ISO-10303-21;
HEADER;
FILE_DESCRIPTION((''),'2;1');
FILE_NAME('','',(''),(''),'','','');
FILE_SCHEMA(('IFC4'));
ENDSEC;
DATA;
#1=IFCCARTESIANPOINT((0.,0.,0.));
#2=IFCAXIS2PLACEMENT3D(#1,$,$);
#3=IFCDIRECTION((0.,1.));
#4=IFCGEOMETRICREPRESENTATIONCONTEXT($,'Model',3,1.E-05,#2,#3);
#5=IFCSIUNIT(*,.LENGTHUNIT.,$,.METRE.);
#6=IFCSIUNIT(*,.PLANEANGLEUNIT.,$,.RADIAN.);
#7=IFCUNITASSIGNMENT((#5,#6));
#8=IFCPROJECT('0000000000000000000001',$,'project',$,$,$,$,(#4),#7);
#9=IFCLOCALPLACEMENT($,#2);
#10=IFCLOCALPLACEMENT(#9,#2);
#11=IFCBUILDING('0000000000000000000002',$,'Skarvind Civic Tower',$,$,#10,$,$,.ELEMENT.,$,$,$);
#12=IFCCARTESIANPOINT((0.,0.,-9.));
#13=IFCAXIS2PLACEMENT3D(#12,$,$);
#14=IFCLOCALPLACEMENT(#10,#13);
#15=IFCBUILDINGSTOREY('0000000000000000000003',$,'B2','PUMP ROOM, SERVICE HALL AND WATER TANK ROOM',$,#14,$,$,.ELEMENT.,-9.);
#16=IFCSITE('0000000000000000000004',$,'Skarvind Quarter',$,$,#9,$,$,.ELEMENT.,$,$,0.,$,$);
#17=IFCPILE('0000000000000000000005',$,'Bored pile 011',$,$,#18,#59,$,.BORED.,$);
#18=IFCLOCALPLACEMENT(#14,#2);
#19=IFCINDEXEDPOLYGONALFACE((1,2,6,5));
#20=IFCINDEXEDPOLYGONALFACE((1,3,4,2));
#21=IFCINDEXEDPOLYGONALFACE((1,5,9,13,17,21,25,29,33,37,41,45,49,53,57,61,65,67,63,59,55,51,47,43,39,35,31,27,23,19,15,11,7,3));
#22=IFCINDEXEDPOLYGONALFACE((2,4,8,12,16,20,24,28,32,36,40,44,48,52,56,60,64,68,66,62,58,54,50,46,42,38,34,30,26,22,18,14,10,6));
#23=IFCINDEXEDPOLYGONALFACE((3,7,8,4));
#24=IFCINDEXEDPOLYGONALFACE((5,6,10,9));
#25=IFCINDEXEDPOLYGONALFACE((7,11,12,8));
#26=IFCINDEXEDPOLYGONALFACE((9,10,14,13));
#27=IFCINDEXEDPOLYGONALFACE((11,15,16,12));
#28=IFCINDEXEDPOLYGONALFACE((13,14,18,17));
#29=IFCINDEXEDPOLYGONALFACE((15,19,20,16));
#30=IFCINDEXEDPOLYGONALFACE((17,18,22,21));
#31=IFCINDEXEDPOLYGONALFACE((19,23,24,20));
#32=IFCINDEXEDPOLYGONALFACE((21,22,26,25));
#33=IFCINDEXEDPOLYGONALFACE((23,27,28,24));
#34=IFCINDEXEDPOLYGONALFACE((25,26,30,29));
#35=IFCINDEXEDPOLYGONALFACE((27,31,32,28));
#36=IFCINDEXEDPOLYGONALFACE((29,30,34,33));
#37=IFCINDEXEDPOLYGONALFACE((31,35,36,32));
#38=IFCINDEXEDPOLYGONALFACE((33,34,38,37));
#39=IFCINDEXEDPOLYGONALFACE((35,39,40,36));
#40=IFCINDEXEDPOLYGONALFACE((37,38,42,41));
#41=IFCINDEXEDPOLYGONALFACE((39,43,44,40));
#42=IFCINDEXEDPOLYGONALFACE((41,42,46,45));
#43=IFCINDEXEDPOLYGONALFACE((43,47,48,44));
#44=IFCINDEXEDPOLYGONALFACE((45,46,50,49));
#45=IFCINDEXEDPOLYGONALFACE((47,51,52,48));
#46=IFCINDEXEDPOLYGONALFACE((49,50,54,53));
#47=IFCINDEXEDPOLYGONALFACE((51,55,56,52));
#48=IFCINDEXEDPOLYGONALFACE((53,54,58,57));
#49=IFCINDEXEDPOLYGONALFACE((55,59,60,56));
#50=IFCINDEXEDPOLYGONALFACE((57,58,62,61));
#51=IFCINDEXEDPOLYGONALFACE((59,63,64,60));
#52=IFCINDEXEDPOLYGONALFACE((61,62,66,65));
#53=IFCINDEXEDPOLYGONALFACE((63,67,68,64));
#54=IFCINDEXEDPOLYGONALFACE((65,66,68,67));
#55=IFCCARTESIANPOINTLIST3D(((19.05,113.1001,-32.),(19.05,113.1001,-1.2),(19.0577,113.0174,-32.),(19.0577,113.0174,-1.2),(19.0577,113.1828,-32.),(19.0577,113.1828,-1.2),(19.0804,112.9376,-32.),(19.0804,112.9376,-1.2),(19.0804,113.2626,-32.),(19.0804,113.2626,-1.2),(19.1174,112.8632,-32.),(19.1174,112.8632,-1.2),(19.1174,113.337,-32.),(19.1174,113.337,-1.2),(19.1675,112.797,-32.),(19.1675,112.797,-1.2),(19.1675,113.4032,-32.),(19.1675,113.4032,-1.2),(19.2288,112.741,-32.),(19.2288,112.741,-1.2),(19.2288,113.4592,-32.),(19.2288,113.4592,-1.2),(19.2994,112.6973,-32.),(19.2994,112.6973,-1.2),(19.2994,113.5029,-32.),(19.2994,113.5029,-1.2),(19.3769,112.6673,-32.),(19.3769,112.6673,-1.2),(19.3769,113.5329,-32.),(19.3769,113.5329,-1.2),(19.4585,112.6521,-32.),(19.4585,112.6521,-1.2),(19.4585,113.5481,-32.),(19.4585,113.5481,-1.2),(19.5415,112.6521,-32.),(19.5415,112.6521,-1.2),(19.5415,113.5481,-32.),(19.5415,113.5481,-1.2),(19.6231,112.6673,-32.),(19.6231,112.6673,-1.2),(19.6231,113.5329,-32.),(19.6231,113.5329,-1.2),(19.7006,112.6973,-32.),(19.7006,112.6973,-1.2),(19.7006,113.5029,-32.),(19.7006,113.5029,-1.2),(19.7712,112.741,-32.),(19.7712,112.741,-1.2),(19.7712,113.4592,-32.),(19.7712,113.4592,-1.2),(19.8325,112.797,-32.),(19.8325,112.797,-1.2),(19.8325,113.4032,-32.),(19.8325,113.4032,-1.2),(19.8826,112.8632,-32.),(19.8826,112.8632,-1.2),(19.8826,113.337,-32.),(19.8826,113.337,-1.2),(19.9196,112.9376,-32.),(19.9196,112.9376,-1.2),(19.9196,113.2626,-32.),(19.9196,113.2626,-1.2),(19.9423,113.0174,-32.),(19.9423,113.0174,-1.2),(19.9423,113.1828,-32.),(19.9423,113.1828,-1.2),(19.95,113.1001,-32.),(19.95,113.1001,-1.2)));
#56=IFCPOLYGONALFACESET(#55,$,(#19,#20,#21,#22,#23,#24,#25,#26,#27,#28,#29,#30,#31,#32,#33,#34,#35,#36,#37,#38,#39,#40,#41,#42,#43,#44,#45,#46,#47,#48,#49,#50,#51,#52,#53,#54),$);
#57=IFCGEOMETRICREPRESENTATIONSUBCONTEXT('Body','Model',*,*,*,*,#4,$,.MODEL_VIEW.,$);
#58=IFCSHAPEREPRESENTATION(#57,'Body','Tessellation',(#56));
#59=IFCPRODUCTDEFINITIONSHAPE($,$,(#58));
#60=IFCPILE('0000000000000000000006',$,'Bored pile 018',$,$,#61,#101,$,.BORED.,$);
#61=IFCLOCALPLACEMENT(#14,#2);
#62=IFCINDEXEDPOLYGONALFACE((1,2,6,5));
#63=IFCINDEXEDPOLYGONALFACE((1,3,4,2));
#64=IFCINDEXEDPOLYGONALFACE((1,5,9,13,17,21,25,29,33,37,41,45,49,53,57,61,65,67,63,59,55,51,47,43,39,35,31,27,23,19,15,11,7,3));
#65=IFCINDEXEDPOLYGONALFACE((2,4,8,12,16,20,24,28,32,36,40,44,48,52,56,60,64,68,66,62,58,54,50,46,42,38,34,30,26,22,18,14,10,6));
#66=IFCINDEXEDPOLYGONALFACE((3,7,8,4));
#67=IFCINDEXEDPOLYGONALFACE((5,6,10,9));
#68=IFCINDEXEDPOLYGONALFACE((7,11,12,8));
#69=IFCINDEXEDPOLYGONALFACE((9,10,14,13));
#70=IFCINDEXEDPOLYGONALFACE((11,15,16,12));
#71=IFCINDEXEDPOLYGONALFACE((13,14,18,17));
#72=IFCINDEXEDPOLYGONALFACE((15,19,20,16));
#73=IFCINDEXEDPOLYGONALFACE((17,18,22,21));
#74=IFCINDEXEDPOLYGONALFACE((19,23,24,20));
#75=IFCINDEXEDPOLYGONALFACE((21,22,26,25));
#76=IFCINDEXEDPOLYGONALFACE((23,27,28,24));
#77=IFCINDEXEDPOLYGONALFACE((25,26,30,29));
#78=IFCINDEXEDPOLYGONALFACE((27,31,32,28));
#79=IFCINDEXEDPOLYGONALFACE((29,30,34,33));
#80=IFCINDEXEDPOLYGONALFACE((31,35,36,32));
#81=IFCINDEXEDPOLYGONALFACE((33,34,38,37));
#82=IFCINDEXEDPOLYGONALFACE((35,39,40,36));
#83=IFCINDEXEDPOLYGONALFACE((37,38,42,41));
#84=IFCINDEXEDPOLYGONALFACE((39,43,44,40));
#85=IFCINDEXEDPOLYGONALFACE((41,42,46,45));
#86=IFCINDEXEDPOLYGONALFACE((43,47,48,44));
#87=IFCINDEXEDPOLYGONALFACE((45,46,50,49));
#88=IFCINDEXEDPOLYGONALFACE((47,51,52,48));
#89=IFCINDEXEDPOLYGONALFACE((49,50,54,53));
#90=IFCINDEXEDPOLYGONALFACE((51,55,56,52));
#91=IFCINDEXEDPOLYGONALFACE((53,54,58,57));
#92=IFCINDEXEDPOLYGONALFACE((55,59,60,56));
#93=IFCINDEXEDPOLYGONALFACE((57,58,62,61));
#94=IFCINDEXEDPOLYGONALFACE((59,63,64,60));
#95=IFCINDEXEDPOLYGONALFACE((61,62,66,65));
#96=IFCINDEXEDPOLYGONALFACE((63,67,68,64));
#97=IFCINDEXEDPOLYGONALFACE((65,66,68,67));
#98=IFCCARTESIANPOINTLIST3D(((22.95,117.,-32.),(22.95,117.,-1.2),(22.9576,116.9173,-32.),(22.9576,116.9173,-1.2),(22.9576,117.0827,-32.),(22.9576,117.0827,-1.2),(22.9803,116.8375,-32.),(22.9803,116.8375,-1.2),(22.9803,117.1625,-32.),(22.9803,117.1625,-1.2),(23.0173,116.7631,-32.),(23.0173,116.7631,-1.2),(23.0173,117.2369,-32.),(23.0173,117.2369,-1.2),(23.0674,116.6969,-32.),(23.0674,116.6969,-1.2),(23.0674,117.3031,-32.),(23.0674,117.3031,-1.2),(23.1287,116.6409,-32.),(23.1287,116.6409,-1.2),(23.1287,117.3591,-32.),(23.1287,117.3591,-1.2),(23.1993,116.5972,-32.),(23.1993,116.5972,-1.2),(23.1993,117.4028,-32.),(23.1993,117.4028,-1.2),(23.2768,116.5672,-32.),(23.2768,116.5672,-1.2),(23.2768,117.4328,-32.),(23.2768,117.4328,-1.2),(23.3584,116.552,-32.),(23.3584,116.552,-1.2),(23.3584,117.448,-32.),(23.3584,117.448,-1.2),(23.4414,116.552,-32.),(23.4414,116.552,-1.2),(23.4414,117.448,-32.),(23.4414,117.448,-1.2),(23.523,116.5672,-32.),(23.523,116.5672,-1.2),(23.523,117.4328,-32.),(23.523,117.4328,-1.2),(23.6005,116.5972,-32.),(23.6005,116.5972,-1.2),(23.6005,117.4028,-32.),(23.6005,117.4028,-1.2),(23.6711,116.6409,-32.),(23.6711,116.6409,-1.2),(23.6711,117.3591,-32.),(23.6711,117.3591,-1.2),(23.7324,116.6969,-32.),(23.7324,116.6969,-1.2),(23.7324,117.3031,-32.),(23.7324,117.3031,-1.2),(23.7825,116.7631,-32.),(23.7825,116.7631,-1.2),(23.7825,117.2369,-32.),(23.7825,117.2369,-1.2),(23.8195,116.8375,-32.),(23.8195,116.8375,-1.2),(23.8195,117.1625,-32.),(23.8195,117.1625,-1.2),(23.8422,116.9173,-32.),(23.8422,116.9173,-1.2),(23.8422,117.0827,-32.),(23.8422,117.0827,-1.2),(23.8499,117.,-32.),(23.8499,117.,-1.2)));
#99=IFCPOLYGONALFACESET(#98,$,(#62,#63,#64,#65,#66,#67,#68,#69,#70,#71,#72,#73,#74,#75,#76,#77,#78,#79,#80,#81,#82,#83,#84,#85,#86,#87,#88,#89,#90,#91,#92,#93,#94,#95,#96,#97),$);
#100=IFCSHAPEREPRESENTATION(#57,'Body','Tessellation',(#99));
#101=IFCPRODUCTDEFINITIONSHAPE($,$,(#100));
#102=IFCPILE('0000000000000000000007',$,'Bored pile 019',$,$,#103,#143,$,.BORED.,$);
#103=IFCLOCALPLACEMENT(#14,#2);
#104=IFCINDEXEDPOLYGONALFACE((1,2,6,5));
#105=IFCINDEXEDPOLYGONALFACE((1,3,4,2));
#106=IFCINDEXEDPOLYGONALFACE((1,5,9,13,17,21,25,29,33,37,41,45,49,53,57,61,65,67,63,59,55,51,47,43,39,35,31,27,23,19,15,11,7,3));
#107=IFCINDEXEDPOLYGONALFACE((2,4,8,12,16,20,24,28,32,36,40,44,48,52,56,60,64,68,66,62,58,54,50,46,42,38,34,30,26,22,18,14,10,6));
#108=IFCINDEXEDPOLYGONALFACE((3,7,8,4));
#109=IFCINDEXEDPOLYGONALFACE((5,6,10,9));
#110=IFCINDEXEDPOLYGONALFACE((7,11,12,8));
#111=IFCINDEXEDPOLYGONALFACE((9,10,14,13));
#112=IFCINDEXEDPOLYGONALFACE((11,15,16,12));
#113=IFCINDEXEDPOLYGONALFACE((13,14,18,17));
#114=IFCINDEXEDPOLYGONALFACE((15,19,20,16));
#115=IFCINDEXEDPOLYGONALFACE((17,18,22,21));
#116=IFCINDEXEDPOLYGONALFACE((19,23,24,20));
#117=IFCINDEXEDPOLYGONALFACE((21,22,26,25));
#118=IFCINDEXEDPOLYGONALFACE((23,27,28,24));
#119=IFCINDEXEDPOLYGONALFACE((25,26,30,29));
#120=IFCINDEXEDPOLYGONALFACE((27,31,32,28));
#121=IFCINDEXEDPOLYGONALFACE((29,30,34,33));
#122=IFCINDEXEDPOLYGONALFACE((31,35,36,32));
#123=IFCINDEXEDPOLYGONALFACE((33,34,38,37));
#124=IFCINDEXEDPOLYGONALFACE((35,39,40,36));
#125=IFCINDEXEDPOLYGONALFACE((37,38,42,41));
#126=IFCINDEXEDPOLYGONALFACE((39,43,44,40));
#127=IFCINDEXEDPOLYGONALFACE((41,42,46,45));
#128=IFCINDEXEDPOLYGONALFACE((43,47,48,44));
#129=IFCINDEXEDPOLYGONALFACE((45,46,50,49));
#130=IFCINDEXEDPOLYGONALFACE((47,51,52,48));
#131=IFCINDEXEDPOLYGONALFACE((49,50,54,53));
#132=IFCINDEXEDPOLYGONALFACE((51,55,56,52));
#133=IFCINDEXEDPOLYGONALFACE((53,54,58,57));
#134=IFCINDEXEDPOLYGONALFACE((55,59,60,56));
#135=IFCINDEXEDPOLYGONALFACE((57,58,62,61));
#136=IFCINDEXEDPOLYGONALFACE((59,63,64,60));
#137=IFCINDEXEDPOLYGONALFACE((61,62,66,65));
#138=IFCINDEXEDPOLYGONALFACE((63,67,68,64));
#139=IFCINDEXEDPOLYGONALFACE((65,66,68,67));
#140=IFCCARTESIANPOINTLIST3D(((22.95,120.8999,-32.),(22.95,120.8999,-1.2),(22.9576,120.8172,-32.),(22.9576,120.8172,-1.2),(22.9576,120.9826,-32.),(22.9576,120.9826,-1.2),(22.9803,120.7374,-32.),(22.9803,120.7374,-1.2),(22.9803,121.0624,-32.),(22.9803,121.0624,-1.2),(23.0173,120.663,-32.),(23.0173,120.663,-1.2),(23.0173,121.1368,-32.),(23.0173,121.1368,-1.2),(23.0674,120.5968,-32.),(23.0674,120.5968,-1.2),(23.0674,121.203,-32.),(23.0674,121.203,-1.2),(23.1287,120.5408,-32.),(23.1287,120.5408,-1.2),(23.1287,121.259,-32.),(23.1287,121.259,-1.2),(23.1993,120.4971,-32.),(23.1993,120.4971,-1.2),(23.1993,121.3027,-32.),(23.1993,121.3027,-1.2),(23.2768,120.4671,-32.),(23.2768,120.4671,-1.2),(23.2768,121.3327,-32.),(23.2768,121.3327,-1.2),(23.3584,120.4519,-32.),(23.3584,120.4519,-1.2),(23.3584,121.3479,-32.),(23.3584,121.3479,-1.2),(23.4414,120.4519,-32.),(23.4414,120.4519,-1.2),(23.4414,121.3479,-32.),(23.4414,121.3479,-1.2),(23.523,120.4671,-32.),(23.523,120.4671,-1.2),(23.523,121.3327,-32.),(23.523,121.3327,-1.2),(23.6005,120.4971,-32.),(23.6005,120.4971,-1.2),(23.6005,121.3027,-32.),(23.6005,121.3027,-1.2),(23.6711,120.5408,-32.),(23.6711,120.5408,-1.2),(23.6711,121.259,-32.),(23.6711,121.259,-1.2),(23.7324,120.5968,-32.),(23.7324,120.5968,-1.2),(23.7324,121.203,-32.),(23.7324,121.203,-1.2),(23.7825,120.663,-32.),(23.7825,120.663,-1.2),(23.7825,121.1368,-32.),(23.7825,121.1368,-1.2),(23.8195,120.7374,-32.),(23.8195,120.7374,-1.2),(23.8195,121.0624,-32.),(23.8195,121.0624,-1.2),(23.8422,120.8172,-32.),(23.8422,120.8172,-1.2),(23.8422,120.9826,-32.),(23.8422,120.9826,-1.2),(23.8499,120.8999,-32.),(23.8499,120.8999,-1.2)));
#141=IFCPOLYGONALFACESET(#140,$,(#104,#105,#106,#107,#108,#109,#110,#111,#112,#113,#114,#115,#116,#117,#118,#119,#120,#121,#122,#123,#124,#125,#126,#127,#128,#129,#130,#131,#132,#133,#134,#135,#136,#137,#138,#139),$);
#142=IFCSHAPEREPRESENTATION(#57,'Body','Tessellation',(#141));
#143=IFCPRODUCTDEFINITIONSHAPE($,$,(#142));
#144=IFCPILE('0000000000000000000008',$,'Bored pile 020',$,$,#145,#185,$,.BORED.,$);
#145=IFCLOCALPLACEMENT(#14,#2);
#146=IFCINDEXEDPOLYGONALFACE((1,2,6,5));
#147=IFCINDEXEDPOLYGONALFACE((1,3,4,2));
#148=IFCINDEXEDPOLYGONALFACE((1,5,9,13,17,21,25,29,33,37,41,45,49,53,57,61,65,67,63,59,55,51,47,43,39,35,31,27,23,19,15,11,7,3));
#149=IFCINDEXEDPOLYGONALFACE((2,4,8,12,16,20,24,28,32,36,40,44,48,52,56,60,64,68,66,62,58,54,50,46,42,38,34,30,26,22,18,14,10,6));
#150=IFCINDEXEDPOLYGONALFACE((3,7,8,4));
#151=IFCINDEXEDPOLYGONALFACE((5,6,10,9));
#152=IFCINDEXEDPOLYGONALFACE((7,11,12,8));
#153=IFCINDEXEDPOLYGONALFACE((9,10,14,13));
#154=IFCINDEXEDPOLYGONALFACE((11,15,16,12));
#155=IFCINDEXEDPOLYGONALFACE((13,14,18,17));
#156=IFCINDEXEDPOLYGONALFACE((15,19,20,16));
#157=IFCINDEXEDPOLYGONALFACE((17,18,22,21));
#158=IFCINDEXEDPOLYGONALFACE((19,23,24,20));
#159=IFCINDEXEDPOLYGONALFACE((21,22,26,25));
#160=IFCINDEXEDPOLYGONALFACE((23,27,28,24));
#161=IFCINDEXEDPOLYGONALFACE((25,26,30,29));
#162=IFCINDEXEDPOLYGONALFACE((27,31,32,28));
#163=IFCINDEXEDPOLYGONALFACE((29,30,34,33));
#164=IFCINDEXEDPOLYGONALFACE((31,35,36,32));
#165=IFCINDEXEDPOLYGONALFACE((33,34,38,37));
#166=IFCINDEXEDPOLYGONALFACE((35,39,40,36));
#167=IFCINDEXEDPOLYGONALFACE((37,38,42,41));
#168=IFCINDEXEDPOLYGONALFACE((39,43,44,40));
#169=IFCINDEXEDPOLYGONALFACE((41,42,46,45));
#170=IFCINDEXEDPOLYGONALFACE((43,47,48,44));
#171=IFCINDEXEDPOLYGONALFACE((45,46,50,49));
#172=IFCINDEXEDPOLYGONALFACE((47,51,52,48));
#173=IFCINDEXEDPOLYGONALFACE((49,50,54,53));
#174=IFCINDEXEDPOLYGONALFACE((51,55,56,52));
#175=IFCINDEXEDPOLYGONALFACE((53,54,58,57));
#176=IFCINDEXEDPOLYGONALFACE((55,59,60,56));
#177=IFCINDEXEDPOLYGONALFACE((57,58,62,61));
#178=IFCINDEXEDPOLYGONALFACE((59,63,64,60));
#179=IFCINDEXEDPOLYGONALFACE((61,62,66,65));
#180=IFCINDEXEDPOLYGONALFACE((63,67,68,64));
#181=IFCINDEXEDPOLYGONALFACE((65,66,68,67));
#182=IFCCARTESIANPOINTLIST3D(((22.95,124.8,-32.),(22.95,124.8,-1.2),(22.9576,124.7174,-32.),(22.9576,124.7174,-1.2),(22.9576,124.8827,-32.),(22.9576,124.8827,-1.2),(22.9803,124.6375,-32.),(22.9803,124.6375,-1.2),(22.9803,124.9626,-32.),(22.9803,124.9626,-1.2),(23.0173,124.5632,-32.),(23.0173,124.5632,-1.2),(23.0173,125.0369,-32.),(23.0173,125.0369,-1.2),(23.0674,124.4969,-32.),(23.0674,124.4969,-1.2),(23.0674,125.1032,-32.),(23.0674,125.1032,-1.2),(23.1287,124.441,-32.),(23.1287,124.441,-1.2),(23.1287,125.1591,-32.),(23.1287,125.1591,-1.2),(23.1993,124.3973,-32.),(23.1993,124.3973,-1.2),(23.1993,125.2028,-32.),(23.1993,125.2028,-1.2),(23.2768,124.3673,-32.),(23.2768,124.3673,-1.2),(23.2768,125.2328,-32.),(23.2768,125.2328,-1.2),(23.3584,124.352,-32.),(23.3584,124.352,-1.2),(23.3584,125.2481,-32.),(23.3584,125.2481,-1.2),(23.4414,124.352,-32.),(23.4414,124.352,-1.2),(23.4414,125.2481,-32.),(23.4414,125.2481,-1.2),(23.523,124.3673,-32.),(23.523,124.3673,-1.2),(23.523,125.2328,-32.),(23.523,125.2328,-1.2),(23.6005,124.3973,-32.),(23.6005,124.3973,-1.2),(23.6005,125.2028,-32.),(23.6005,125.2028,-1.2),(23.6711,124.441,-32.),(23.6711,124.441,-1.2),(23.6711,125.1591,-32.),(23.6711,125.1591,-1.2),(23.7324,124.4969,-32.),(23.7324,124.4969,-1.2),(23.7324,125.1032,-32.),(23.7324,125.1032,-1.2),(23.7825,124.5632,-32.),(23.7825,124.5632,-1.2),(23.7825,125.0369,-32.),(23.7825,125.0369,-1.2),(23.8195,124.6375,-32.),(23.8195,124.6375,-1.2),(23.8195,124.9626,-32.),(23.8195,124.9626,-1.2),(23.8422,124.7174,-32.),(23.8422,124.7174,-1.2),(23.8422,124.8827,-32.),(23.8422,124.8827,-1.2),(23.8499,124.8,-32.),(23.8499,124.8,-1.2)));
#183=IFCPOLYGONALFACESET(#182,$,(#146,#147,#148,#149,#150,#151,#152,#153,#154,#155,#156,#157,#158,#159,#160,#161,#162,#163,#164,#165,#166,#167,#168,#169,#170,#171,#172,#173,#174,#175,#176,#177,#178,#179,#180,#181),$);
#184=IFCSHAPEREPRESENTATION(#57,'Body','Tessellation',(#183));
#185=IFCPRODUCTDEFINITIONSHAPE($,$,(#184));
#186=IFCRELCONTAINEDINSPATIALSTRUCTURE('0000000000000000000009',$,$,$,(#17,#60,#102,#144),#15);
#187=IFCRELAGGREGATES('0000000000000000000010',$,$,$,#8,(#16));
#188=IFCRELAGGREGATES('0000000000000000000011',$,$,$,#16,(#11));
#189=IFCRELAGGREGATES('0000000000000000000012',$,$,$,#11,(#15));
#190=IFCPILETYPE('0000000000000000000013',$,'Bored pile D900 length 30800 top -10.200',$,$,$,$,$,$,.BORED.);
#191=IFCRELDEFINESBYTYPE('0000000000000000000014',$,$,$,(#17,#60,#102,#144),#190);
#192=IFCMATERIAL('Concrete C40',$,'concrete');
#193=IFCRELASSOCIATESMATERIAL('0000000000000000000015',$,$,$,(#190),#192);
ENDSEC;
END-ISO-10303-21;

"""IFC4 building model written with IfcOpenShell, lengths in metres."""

from ifc_helpers import new_model, si_unit, direction, frame, origin, origin_2d, place, context, subcontext, project, spatial, circle, extrude, material, type_object, element, save


model = new_model("IFC4")

# Units and contexts
model_context = context("Model", 3, precision=1e-05, world=origin(), true_north=direction((0.0, 1.0)))
body_context = subcontext(model_context, "Body", "Model", "MODEL_VIEW")
ifc_project = project(units=[si_unit("LENGTHUNIT", "METRE"), si_unit("PLANEANGLEUNIT", "RADIAN")], contexts=[model_context])

# Site, building, storey
site_placement = place(None, origin())
site = spatial("IfcSite", under=ifc_project, at=site_placement, Name="Skarvind Quarter", CompositionType="ELEMENT", RefElevation=0.0)
building_placement = place(site_placement, origin())
building = spatial("IfcBuilding", under=site, at=building_placement, Name="Skarvind Civic Tower", CompositionType="ELEMENT")
storey_placement = place(building_placement, frame((0.0, 0.0, -9.0)))
storey = spatial("IfcBuildingStorey", under=building, at=storey_placement, Name="B2", Description="PUMP ROOM, SERVICE HALL AND WATER TANK ROOM", CompositionType="ELEMENT", Elevation=-9.0)

# Piles
ifc_material_1 = material(Name="Concrete C40", Category="concrete")
pile_type_1 = type_object("IfcPileType", Name="Bored pile D900 length 30800 top -10.200", PredefinedType="BORED", material=ifc_material_1)
for number, where, z_axis, x_axis, name in (
    (1, (19.5, 113.1001, -1.2), (0.0, 0.0, -1.0), (1.0, 0.0, 0.0), "Bored pile 011"),
    (2, (23.3999, 117.0, -1.2), (0.0, 0.0, -1.0), (1.0, 0.0, 0.0), "Bored pile 018"),
    (3, (23.3999, 120.8999, -1.2), (0.0, 0.0, -1.0), (1.0, 0.0, 0.0), "Bored pile 019"),
    (4, (23.3999, 124.8, -1.2), (0.0, 0.0, -1.0), (1.0, 0.0, 0.0), "Bored pile 020"),
):
    element("IfcPile", number, at=place(storey_placement, frame(where, z_axis=z_axis, x_axis=x_axis)), inside=storey, type_object=pile_type_1, Name=name, PredefinedType="BORED", context=body_context, shape_type="SweptSolid", body=[
        extrude(circle(Radius=0.45, at=origin_2d()), origin(), (0.0, 0.0, 1.0), 30.8),
    ])

save(model, "model.ifc")
